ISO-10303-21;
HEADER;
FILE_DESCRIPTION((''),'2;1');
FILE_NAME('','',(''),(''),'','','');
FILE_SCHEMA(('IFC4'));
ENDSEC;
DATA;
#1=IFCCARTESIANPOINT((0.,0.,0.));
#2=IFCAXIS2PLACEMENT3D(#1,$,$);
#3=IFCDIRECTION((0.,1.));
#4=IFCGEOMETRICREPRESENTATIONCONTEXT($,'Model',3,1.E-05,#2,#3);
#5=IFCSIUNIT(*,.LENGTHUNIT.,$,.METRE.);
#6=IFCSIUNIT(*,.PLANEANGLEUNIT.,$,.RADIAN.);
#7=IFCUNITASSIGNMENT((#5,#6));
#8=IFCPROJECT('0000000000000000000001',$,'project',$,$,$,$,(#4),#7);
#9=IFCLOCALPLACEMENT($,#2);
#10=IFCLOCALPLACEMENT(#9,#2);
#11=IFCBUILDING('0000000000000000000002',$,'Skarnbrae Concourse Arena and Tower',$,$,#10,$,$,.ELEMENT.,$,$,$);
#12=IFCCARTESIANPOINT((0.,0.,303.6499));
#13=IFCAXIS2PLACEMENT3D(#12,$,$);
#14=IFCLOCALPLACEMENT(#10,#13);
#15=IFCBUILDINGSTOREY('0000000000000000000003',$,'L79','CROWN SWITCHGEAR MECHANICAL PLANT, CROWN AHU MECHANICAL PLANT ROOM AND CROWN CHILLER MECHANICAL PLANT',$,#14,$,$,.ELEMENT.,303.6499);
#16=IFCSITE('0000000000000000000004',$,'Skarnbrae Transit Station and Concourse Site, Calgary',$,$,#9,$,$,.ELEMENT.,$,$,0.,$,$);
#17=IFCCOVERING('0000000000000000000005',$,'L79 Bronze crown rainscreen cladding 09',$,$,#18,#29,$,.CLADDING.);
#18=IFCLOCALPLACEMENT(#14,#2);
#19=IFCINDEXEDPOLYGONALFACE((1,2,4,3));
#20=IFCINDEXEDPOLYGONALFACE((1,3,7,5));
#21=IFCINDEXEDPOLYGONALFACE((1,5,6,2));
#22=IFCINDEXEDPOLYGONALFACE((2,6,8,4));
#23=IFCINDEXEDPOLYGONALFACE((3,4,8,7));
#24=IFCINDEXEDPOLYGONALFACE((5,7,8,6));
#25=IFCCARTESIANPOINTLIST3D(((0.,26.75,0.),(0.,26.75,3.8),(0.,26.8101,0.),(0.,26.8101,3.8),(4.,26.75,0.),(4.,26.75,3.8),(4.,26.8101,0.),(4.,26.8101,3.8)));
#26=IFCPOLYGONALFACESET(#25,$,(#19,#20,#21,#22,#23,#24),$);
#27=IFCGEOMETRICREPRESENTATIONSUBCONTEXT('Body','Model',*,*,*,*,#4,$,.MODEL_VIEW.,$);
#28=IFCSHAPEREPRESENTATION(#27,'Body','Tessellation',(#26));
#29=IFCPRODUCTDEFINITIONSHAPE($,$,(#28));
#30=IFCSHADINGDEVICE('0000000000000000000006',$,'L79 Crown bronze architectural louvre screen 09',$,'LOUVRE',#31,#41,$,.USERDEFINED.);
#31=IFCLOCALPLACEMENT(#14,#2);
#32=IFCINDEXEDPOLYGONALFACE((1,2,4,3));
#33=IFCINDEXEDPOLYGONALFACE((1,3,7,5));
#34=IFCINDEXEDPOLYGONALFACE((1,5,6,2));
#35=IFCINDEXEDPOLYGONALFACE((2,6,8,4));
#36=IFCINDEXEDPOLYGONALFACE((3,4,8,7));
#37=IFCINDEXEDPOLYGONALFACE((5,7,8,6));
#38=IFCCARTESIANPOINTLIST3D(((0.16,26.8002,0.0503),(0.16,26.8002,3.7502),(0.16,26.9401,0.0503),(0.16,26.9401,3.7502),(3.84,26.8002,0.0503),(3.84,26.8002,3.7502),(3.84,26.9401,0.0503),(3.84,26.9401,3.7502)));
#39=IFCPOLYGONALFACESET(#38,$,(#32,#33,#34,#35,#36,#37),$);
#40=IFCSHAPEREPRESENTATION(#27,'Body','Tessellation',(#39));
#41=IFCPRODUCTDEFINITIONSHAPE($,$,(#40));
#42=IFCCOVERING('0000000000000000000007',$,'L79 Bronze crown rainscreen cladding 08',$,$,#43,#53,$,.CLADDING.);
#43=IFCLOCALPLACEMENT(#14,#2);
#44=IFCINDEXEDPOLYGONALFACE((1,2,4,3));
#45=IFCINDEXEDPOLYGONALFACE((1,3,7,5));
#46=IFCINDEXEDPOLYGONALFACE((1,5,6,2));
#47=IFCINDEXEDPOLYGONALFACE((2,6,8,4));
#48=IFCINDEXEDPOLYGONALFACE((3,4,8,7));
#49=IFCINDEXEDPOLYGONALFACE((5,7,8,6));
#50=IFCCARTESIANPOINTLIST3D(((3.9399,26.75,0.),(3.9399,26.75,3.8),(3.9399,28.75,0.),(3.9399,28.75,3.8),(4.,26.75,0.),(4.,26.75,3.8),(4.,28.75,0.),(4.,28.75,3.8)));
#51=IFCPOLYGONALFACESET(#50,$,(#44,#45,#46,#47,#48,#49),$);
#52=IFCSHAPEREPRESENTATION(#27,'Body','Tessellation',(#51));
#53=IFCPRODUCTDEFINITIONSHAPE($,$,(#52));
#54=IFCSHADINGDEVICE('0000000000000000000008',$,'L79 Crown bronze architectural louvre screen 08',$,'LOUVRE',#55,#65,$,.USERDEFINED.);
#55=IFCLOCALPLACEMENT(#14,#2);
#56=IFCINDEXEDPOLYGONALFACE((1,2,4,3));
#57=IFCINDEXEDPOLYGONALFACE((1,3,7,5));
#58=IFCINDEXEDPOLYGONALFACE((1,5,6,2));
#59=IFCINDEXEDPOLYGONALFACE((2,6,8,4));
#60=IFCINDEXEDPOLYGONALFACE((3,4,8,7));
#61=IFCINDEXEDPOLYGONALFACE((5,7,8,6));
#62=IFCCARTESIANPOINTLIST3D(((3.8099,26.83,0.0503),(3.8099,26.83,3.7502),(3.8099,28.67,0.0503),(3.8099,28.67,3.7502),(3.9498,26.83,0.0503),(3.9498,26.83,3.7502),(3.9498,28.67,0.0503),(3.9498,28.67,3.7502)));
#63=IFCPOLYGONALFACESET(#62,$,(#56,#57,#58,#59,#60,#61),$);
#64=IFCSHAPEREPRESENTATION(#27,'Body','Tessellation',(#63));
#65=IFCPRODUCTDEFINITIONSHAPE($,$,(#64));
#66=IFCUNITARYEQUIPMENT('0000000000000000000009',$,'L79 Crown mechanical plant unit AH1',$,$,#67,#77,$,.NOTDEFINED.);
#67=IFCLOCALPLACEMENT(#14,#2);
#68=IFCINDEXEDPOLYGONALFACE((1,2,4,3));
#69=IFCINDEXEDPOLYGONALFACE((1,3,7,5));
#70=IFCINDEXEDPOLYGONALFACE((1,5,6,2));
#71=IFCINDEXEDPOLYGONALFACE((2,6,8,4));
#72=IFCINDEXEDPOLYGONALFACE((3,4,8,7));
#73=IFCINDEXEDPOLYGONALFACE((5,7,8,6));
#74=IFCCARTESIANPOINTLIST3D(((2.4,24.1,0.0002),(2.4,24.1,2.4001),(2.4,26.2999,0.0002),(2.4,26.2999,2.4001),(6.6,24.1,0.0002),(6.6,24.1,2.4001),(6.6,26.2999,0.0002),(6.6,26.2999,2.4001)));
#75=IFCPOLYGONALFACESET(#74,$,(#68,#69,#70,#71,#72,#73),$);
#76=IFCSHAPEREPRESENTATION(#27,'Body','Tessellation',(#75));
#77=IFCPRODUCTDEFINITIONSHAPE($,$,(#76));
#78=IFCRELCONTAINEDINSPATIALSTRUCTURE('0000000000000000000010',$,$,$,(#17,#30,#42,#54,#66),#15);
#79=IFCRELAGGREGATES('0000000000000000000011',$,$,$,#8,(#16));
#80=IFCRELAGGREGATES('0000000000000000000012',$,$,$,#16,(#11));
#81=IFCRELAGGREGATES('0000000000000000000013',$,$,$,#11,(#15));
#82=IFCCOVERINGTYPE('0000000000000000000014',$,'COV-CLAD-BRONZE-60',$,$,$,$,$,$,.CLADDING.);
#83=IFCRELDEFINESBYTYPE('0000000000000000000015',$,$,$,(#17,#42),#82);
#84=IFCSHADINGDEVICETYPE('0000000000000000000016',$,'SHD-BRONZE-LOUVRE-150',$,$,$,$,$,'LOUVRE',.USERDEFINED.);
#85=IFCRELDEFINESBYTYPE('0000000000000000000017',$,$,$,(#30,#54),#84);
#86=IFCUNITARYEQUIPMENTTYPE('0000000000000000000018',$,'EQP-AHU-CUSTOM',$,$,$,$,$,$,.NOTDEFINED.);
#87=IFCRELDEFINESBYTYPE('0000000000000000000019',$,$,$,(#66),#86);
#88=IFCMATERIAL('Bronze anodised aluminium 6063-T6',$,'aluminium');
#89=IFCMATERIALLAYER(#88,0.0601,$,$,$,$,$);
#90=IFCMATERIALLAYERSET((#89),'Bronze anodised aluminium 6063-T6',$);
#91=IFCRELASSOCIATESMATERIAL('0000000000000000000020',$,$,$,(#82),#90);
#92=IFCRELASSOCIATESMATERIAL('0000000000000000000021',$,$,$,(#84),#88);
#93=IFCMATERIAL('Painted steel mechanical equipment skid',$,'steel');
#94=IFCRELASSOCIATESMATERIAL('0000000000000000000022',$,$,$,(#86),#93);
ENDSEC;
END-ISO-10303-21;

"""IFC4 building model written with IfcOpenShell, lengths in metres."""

from ifc_helpers import new_model, si_unit, direction, frame, origin, origin_2d, place, context, subcontext, project, spatial, rectangle, extrude, source, transform, mapped, material, layer, layer_set, type_object, element, save


model = new_model("IFC4")

# Units and contexts
model_context = context("Model", 3, precision=1e-05, world=origin(), true_north=direction((0.0, 1.0)))
body_context = subcontext(model_context, "Body", "Model", "MODEL_VIEW")
ifc_project = project(units=[si_unit("LENGTHUNIT", "METRE"), si_unit("PLANEANGLEUNIT", "RADIAN")], contexts=[model_context])

# Site, building, storey
site_placement = place(None, origin())
site = spatial("IfcSite", under=ifc_project, at=site_placement, Name="Skarnbrae Transit Station and Concourse Site, Calgary", CompositionType="ELEMENT", RefElevation=0.0)
building_placement = place(site_placement, origin())
building = spatial("IfcBuilding", under=site, at=building_placement, Name="Skarnbrae Concourse Arena and Tower", CompositionType="ELEMENT")
storey_placement = place(building_placement, frame((0.0, 0.0, 303.6499)))
storey = spatial("IfcBuildingStorey", under=building, at=storey_placement, Name="L79", Description="CROWN SWITCHGEAR MECHANICAL PLANT, CROWN AHU MECHANICAL PLANT ROOM AND CROWN CHILLER MECHANICAL PLANT", CompositionType="ELEMENT", Elevation=303.6499)

# Covering
ifc_material_1 = material(Name="Bronze anodised aluminium 6063-T6", Category="aluminium")
ifc_layer_1 = layer(ifc_material_1, 0.0601)
ifc_layer_set_1 = layer_set([ifc_layer_1], Name="Bronze anodised aluminium 6063-T6")
covering_type = type_object("IfcCoveringType", Name="COV-CLAD-BRONZE-60", PredefinedType="CLADDING", material=ifc_layer_set_1)
shared_shape_1 = source(origin(), body_context, "Body", "SweptSolid", [
    extrude(rectangle(XDim=4.0, YDim=0.0601, at=origin_2d()), origin(), (0.0, 0.0, 1.0), 3.8),
])
covering_1_placement = place(storey_placement, frame((2.0, 26.78, 0.0), z_axis=(0.0, 0.0, 1.0), x_axis=(-1.0, 0.0, 0.0)))
element("IfcCovering", 1, at=covering_1_placement, inside=storey, type_object=covering_type, Name="L79 Bronze crown rainscreen cladding 09", PredefinedType="CLADDING", context=body_context, shape_type="MappedRepresentation", body=[
    mapped(shared_shape_1, transform((0.0, 0.0, 0.0))),
])

# Shading device
shading_device_type = type_object("IfcShadingDeviceType", Name="SHD-BRONZE-LOUVRE-150", ElementType="LOUVRE", PredefinedType="USERDEFINED", material=ifc_material_1)
shared_shape_2 = source(origin(), body_context, "Body", "SweptSolid", [
    extrude(rectangle(XDim=3.6799, YDim=0.1399, at=origin_2d()), origin(), (0.0, 0.0, 1.0), 3.7),
])
shading_device_1_placement = place(storey_placement, frame((2.0, 26.8701, 0.0503), z_axis=(0.0, 0.0, 1.0), x_axis=(-1.0, 0.0, 0.0)))
element("IfcShadingDevice", 2, at=shading_device_1_placement, inside=storey, type_object=shading_device_type, Name="L79 Crown bronze architectural louvre screen 09", ObjectType="LOUVRE", PredefinedType="USERDEFINED", context=body_context, shape_type="MappedRepresentation", body=[
    mapped(shared_shape_2, transform((0.0, 0.0, 0.0))),
])

# Covering
shared_shape_3 = source(origin(), body_context, "Body", "SweptSolid", [
    extrude(rectangle(XDim=2.0, YDim=0.0601, at=origin_2d()), origin(), (0.0, 0.0, 1.0), 3.8),
])
covering_2_placement = place(storey_placement, frame((3.97, 27.75, 0.0), z_axis=(0.0, 0.0, 1.0), x_axis=(0.0, -1.0, 0.0)))
element("IfcCovering", 3, at=covering_2_placement, inside=storey, type_object=covering_type, Name="L79 Bronze crown rainscreen cladding 08", PredefinedType="CLADDING", context=body_context, shape_type="MappedRepresentation", body=[
    mapped(shared_shape_3, transform((0.0, 0.0, 0.0))),
])

# Shading device
shared_shape_4 = source(origin(), body_context, "Body", "SweptSolid", [
    extrude(rectangle(XDim=1.8401, YDim=0.1399, at=origin_2d()), origin(), (0.0, 0.0, 1.0), 3.7),
])
shading_device_2_placement = place(storey_placement, frame((3.8799, 27.75, 0.0503), z_axis=(0.0, 0.0, 1.0), x_axis=(0.0, -1.0, 0.0)))
element("IfcShadingDevice", 4, at=shading_device_2_placement, inside=storey, type_object=shading_device_type, Name="L79 Crown bronze architectural louvre screen 08", ObjectType="LOUVRE", PredefinedType="USERDEFINED", context=body_context, shape_type="MappedRepresentation", body=[
    mapped(shared_shape_4, transform((0.0, 0.0, 0.0))),
])

# Unitary equipment
ifc_material_2 = material(Name="Painted steel mechanical equipment skid", Category="steel")
unitary_equipment_type = type_object("IfcUnitaryEquipmentType", Name="EQP-AHU-CUSTOM", PredefinedType="NOTDEFINED", material=ifc_material_2)
shared_shape_5 = source(origin(), body_context, "Body", "SweptSolid", [
    extrude(rectangle(XDim=4.2, YDim=2.2, at=origin_2d()), origin(), (0.0, 0.0, 1.0), 2.3999),
])
unitary_equipment_placement = place(storey_placement, frame((4.5, 25.2, 0.0002), z_axis=(0.0, 0.0, 1.0), x_axis=(1.0, 0.0, 0.0)))
element("IfcUnitaryEquipment", 5, at=unitary_equipment_placement, inside=storey, type_object=unitary_equipment_type, Name="L79 Crown mechanical plant unit AH1", PredefinedType="NOTDEFINED", context=body_context, shape_type="MappedRepresentation", body=[
    mapped(shared_shape_5, transform((0.0, 0.0, 0.0))),
])

save(model, "model.ifc")
